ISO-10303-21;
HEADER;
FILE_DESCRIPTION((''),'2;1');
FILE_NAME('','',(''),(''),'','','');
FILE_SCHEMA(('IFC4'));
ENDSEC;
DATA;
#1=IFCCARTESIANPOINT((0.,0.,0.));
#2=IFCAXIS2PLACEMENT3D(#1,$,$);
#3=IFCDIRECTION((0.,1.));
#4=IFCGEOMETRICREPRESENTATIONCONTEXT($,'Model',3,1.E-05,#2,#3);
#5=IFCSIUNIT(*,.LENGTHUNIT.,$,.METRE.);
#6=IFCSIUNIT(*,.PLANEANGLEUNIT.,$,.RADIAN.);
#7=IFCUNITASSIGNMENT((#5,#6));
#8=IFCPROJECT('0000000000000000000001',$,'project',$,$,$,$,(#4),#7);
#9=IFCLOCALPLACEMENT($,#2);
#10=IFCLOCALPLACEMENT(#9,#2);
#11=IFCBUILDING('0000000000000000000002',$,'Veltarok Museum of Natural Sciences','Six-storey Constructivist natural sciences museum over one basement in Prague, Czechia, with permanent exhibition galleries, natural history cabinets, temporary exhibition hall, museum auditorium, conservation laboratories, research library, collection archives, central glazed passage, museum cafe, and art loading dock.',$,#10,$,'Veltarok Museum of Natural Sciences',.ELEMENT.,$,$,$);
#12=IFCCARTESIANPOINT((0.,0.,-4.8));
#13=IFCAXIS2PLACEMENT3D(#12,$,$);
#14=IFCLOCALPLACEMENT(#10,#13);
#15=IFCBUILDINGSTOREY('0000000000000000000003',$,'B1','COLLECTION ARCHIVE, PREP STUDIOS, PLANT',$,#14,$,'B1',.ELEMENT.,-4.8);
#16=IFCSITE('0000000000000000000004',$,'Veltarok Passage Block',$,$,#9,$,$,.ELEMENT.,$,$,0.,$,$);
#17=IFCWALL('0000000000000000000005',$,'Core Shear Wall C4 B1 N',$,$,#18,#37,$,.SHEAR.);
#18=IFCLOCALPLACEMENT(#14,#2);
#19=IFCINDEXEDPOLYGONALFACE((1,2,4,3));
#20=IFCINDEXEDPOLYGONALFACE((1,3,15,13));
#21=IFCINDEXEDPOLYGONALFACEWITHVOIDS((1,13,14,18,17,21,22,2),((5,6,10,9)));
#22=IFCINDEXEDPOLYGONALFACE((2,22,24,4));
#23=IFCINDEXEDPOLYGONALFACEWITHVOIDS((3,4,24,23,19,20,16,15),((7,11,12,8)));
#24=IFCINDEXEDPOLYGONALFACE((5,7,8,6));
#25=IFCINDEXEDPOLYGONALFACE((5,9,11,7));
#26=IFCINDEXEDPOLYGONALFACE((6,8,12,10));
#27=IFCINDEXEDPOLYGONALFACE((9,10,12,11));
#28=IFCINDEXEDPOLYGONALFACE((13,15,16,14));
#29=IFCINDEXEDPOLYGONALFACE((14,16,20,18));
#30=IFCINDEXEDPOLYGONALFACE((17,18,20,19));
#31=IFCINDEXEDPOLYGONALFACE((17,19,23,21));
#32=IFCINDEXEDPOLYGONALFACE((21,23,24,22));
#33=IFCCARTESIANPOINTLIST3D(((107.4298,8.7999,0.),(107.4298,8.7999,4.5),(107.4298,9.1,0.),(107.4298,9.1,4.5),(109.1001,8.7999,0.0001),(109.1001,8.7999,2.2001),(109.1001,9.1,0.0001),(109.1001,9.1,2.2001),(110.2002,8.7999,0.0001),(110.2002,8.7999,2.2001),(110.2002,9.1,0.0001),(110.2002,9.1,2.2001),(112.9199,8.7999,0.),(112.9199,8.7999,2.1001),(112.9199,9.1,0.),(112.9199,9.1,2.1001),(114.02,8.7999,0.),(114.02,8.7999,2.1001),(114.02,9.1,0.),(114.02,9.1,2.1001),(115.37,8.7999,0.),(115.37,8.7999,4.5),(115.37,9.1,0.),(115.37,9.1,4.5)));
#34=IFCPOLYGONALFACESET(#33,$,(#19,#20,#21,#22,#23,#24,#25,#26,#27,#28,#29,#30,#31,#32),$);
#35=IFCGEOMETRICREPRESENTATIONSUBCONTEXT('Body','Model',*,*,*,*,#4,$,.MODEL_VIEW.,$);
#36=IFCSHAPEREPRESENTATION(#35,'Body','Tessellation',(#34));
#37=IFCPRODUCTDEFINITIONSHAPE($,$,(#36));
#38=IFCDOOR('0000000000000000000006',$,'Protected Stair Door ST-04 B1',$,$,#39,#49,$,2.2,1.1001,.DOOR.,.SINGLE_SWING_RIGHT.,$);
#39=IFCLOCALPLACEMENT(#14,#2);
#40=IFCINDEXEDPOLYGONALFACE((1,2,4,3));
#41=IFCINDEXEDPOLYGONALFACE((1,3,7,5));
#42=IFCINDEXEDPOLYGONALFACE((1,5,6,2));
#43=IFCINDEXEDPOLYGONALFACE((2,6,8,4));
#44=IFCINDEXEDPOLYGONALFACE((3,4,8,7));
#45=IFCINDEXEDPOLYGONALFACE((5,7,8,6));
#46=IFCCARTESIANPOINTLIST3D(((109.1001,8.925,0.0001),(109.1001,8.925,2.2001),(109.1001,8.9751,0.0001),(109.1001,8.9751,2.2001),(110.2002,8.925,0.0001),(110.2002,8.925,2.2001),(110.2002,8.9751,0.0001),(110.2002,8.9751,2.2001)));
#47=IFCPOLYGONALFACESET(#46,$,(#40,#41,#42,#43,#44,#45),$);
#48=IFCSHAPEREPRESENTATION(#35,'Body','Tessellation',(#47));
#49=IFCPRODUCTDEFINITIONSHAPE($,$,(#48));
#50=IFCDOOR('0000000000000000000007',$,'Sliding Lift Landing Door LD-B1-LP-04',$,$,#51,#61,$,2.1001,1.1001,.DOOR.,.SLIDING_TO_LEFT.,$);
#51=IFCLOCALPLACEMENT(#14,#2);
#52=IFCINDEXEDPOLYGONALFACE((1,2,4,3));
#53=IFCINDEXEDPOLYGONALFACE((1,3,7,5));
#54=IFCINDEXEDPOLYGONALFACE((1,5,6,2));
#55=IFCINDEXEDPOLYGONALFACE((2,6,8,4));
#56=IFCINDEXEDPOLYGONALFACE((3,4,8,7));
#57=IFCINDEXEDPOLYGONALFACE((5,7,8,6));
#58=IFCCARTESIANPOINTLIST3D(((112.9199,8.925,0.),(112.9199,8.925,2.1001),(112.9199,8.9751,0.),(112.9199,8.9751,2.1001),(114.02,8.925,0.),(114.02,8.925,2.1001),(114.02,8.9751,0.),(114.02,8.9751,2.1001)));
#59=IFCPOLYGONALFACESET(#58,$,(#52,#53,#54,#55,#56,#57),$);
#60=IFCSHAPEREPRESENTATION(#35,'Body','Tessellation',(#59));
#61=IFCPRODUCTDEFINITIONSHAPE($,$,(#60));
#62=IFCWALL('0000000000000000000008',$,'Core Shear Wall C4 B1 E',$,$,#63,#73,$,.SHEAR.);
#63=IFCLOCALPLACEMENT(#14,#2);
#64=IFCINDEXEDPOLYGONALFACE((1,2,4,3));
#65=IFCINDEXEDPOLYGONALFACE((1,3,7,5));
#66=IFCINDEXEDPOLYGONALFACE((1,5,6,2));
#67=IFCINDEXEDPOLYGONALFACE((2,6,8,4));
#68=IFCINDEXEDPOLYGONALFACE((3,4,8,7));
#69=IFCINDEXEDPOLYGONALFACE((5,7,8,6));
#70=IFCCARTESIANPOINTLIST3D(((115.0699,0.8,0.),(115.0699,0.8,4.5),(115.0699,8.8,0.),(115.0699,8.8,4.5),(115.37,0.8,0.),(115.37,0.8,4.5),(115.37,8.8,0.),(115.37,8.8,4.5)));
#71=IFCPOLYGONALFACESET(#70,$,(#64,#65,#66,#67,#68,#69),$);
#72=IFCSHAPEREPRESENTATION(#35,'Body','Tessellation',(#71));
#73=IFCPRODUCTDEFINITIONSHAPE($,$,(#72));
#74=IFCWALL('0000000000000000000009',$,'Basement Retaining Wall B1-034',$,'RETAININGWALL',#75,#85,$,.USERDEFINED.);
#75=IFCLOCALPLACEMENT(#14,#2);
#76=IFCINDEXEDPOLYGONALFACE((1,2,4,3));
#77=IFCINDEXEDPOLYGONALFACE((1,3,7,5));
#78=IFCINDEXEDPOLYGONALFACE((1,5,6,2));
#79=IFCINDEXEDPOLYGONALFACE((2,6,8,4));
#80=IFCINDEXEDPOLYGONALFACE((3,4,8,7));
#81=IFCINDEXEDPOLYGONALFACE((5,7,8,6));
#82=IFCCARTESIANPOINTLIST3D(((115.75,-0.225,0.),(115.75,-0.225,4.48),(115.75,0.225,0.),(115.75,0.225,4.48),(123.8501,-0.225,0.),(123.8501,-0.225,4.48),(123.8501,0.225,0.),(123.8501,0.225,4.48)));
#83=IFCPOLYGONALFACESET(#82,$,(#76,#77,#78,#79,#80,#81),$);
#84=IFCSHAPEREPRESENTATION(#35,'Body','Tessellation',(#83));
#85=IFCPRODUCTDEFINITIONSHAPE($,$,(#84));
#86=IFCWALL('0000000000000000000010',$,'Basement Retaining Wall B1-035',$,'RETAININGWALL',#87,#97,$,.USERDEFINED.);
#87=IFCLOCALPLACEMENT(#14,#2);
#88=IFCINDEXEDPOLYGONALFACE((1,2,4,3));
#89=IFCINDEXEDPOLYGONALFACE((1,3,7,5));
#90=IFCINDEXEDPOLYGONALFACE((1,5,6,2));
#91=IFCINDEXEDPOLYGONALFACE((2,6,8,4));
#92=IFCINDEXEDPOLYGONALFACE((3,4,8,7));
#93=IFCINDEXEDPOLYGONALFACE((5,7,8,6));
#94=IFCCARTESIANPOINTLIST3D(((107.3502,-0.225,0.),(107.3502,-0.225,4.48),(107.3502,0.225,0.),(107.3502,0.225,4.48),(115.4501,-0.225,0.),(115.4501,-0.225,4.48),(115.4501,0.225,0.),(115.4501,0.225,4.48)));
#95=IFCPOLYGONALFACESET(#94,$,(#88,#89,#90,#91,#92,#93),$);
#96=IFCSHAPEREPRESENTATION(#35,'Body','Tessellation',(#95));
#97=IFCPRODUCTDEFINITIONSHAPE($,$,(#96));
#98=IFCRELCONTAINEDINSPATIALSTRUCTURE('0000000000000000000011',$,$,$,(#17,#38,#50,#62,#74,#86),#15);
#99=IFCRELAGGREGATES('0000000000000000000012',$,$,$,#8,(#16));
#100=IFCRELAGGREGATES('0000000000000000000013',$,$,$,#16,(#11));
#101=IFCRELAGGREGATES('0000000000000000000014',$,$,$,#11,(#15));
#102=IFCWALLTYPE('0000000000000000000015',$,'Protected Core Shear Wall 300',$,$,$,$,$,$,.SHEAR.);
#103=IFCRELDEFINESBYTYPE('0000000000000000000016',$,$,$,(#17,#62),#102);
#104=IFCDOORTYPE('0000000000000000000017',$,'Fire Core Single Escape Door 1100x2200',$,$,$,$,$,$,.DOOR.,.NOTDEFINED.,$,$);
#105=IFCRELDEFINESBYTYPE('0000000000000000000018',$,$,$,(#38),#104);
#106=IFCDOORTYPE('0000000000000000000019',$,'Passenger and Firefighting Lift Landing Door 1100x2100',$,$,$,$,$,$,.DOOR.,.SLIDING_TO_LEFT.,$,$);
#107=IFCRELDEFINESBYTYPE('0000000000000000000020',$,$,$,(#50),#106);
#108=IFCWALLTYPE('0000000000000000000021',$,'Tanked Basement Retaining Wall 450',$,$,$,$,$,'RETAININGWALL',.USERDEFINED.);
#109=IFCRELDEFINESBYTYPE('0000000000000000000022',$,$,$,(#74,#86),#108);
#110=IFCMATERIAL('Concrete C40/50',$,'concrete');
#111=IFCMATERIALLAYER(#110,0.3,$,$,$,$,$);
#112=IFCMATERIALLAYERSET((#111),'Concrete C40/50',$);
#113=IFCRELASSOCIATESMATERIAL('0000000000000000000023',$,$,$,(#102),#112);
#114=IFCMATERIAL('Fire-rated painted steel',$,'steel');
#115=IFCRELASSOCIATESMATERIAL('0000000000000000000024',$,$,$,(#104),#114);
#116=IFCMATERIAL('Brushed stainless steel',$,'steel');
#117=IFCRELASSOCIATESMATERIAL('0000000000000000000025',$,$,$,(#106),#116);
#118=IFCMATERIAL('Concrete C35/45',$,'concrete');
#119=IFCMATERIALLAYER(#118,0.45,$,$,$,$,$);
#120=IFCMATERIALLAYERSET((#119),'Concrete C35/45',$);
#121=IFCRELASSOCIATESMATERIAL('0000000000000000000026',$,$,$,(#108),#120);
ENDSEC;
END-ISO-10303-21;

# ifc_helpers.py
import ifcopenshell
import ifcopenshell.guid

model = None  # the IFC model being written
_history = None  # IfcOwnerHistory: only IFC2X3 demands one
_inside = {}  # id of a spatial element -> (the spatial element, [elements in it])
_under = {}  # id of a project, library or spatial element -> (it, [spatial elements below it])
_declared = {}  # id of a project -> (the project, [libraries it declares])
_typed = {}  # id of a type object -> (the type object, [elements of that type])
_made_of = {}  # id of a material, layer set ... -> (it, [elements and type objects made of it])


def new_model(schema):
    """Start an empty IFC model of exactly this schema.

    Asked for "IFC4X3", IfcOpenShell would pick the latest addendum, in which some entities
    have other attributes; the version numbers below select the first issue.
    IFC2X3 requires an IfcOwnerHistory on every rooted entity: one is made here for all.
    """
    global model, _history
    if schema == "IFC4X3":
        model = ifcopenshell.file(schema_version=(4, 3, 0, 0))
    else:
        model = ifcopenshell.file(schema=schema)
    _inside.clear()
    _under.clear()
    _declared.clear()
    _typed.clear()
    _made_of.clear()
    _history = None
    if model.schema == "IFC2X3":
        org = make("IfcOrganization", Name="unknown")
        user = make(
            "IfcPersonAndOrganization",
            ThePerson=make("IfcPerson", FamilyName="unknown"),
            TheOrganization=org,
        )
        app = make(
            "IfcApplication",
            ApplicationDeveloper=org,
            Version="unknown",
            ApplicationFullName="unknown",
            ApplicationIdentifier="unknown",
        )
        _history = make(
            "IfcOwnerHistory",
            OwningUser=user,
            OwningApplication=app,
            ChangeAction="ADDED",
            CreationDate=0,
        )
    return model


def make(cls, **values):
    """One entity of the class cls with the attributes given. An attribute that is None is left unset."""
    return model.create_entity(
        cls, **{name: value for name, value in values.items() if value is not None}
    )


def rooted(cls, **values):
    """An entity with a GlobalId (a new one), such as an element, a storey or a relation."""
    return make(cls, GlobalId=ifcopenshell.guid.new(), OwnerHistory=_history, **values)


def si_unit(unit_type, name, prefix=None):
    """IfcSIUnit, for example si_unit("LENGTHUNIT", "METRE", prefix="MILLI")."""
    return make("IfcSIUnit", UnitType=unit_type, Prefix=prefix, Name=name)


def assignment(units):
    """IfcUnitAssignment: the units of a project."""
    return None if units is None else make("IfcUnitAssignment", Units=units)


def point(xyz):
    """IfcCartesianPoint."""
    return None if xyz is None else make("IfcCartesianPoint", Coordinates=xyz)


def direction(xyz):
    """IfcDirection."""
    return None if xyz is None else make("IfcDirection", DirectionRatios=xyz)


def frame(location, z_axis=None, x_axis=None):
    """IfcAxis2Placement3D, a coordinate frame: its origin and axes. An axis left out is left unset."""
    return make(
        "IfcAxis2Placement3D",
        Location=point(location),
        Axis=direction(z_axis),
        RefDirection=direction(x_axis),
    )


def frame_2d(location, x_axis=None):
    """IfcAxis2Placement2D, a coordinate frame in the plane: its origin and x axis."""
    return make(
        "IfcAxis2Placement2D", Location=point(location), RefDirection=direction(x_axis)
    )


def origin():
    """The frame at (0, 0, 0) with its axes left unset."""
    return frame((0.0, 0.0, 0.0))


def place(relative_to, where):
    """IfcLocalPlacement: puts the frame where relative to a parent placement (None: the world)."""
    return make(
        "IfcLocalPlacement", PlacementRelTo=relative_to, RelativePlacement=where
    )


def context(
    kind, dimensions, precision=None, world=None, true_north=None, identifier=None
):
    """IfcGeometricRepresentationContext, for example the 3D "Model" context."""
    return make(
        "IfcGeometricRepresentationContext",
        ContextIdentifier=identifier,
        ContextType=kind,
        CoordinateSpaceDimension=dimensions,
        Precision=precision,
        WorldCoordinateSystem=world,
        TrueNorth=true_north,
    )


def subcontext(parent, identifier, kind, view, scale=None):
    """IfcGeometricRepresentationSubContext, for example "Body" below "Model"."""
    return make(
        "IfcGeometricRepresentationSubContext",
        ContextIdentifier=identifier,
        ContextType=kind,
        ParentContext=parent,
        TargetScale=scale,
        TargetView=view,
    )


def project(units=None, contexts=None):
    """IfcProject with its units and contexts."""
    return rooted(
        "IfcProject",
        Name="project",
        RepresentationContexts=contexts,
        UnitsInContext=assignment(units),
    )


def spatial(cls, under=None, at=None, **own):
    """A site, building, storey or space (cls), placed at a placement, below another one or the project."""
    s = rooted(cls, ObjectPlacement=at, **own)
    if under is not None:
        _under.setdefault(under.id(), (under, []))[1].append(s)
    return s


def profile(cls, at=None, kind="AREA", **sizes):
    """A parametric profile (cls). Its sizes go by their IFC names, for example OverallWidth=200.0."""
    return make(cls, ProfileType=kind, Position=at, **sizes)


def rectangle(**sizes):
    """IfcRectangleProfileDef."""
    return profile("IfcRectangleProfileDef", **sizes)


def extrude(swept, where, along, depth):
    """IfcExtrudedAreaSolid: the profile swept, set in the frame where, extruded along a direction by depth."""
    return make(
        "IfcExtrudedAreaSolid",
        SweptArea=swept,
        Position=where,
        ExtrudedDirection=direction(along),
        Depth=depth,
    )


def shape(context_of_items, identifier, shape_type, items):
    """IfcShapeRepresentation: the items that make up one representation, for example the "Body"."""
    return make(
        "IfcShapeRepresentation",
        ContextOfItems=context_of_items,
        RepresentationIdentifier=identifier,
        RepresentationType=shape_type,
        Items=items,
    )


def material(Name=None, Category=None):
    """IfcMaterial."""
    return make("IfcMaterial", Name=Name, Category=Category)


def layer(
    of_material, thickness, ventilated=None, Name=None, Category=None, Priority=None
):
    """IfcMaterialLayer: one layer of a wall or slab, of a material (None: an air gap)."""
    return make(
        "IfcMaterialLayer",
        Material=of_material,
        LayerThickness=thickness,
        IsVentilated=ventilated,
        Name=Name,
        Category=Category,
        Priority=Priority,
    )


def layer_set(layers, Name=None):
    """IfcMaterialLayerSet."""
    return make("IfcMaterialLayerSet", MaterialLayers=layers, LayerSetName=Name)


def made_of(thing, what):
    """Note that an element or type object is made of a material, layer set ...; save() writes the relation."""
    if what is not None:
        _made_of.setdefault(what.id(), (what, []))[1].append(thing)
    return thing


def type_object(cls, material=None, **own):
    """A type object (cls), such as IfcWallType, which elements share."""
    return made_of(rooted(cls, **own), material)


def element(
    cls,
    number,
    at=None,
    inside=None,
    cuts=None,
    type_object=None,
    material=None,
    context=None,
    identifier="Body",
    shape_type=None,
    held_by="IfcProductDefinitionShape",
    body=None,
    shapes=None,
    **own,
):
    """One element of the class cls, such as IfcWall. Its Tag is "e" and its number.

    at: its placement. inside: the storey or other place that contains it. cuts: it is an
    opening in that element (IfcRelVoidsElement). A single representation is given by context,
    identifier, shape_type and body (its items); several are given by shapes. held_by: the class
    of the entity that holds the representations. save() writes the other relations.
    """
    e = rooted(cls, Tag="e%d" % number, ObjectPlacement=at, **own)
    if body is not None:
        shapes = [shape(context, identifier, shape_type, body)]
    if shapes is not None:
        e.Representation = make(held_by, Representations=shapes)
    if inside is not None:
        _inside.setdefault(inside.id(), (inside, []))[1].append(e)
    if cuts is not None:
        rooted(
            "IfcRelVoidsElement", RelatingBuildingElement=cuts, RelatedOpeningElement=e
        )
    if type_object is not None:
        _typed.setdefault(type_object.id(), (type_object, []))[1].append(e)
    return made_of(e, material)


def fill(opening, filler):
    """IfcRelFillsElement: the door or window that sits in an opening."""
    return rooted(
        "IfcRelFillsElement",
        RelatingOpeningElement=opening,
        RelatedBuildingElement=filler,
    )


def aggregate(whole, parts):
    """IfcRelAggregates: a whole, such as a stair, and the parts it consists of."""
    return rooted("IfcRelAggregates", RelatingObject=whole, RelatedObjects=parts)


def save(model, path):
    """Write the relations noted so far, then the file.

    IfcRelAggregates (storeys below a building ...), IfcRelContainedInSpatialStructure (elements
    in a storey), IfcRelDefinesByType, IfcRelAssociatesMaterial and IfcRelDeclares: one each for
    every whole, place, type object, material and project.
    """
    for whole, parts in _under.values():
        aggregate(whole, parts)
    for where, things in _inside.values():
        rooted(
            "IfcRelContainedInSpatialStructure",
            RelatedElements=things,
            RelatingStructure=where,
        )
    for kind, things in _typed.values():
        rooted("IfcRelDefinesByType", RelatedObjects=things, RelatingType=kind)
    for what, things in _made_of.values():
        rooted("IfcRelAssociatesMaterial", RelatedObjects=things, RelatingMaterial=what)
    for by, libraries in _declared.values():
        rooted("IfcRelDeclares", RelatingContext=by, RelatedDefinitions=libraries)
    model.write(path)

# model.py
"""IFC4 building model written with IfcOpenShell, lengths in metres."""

from ifc_helpers import new_model, si_unit, direction, frame, frame_2d, origin, place, context, subcontext, project, spatial, rectangle, extrude, material, layer, layer_set, type_object, element, fill, save


model = new_model("IFC4")

# Units and contexts
model_context = context("Model", 3, precision=1e-05, world=origin(), true_north=direction((0.0, 1.0)))
body_context = subcontext(model_context, "Body", "Model", "MODEL_VIEW")
ifc_project = project(units=[si_unit("LENGTHUNIT", "METRE"), si_unit("PLANEANGLEUNIT", "RADIAN")], contexts=[model_context])

# Site, building, storey
site_placement = place(None, origin())
site = spatial("IfcSite", under=ifc_project, at=site_placement, Name="Veltarok Passage Block", CompositionType="ELEMENT", RefElevation=0.0)
building_placement = place(site_placement, origin())
building = spatial("IfcBuilding", under=site, at=building_placement, Name="Veltarok Museum of Natural Sciences", Description="Six-storey Constructivist natural sciences museum over one basement in Prague, Czechia, with permanent exhibition galleries, natural history cabinets, temporary exhibition hall, museum auditorium, conservation laboratories, research library, collection archives, central glazed passage, museum cafe, and art loading dock.", LongName="Veltarok Museum of Natural Sciences", CompositionType="ELEMENT")
storey_placement = place(building_placement, frame((0.0, 0.0, -4.8)))
storey = spatial("IfcBuildingStorey", under=building, at=storey_placement, Name="B1", Description="COLLECTION ARCHIVE, PREP STUDIOS, PLANT", LongName="B1", CompositionType="ELEMENT", Elevation=-4.8)

# Shared definitions
ifc_material_1 = material(Name="Concrete C35/45", Category="concrete")

# Shared definitions
ifc_material_2 = material(Name="Concrete C40/50", Category="concrete")

# Wall, openings, doors
ifc_layer_1 = layer(ifc_material_2, 0.3)
ifc_layer_set_1 = layer_set([ifc_layer_1], Name="Concrete C40/50")
wall_type_1 = type_object("IfcWallType", Name="Protected Core Shear Wall 300", PredefinedType="SHEAR", material=ifc_layer_set_1)
wall_1_placement = place(storey_placement, frame((115.3701, 8.95, 0.0), z_axis=(0.0, 0.0, 1.0), x_axis=(-1.0, 0.0, 0.0)))
wall_1 = element("IfcWall", 1, at=wall_1_placement, inside=storey, type_object=wall_type_1, Name="Core Shear Wall C4 B1 N", PredefinedType="SHEAR", context=body_context, shape_type="SweptSolid", body=[
    extrude(rectangle(XDim=7.9402, YDim=0.3, at=frame_2d((3.9702, 0.0))), origin(), (0.0, 0.0, 1.0), 4.5),
])
opening_1_placement = place(wall_1_placement, frame((5.1699, 0.0, 0.0)))
opening_1 = element("IfcOpeningElement", 2, at=opening_1_placement, cuts=wall_1, PredefinedType="OPENING", context=body_context, shape_type="SweptSolid", body=[
    extrude(rectangle(XDim=1.1001, YDim=2.2, at=frame_2d((0.55, 1.1001))), frame((0.0, 0.1602, 0.0), z_axis=(0.0, -1.0, 0.0), x_axis=(1.0, 0.0, 0.0)), (0.0, 0.0, 1.0), 0.3201),
])
opening_2_placement = place(wall_1_placement, frame((1.3501, 0.0, 0.0)))
opening_2 = element("IfcOpeningElement", 3, at=opening_2_placement, cuts=wall_1, PredefinedType="OPENING", context=body_context, shape_type="SweptSolid", body=[
    extrude(rectangle(XDim=1.1001, YDim=2.1001, at=frame_2d((0.55, 1.05))), frame((0.0, 0.1602, 0.0), z_axis=(0.0, -1.0, 0.0), x_axis=(1.0, 0.0, 0.0)), (0.0, 0.0, 1.0), 0.3201),
])
ifc_material_3 = material(Name="Fire-rated painted steel", Category="steel")
door_type_1 = type_object("IfcDoorType", Name="Fire Core Single Escape Door 1100x2200", OperationType="NOTDEFINED", PredefinedType="DOOR", material=ifc_material_3)
door_1_placement = place(opening_1_placement, origin())
door_1 = element("IfcDoor", 4, at=door_1_placement, inside=storey, type_object=door_type_1, Name="Protected Stair Door ST-04 B1", OperationType="SINGLE_SWING_RIGHT", OverallHeight=2.2, OverallWidth=1.1001, PredefinedType="DOOR", context=body_context, shape_type="SweptSolid", body=[
    extrude(rectangle(XDim=1.1001, YDim=2.2, at=frame_2d((0.55, 1.1001))), frame((0.0, 0.0249, 0.0), z_axis=(0.0, -1.0, 0.0), x_axis=(1.0, 0.0, 0.0)), (0.0, 0.0, 1.0), 0.05),
])
fill(opening_1, door_1)
ifc_material_4 = material(Name="Brushed stainless steel", Category="steel")
door_type_2 = type_object("IfcDoorType", Name="Passenger and Firefighting Lift Landing Door 1100x2100", OperationType="SLIDING_TO_LEFT", PredefinedType="DOOR", material=ifc_material_4)
door_2_placement = place(opening_2_placement, origin())
door_2 = element("IfcDoor", 5, at=door_2_placement, inside=storey, type_object=door_type_2, Name="Sliding Lift Landing Door LD-B1-LP-04", OperationType="SLIDING_TO_LEFT", OverallHeight=2.1001, OverallWidth=1.1001, PredefinedType="DOOR", context=body_context, shape_type="SweptSolid", body=[
    extrude(rectangle(XDim=1.1001, YDim=2.1001, at=frame_2d((0.55, 1.05))), frame((0.0, 0.0249, 0.0), z_axis=(0.0, -1.0, 0.0), x_axis=(1.0, 0.0, 0.0)), (0.0, 0.0, 1.0), 0.05),
])
fill(opening_2, door_2)

# Walls
wall_2_placement = place(storey_placement, frame((115.22, 0.8, 0.0), z_axis=(0.0, 0.0, 1.0), x_axis=(0.0, 1.0, 0.0)))
element("IfcWall", 6, at=wall_2_placement, inside=storey, type_object=wall_type_1, Name="Core Shear Wall C4 B1 E", PredefinedType="SHEAR", context=body_context, shape_type="SweptSolid", body=[
    extrude(rectangle(XDim=8.0, YDim=0.3, at=frame_2d((4.0, 0.0))), origin(), (0.0, 0.0, 1.0), 4.5),
])
ifc_layer_2 = layer(ifc_material_1, 0.45)
ifc_layer_set_2 = layer_set([ifc_layer_2], Name="Concrete C35/45")
wall_type_2 = type_object("IfcWallType", Name="Tanked Basement Retaining Wall 450", ElementType="RETAININGWALL", PredefinedType="USERDEFINED", material=ifc_layer_set_2)
wall_3_placement = place(storey_placement, frame((123.8501, 0.0, 0.0), z_axis=(0.0, 0.0, 1.0), x_axis=(-1.0, 0.0, 0.0)))
element("IfcWall", 7, at=wall_3_placement, inside=storey, type_object=wall_type_2, Name="Basement Retaining Wall B1-034", ObjectType="RETAININGWALL", PredefinedType="USERDEFINED", context=body_context, shape_type="SweptSolid", body=[
    extrude(rectangle(XDim=8.1001, YDim=0.45, at=frame_2d((4.05, 0.0))), origin(), (0.0, 0.0, 1.0), 4.48),
])
wall_4_placement = place(storey_placement, frame((115.45, 0.0, 0.0), z_axis=(0.0, 0.0, 1.0), x_axis=(-1.0, 0.0, 0.0)))
element("IfcWall", 8, at=wall_4_placement, inside=storey, type_object=wall_type_2, Name="Basement Retaining Wall B1-035", ObjectType="RETAININGWALL", PredefinedType="USERDEFINED", context=body_context, shape_type="SweptSolid", body=[
    extrude(rectangle(XDim=8.0999, YDim=0.45, at=frame_2d((4.0498, 0.0))), origin(), (0.0, 0.0, 1.0), 4.48),
])

save(model, "model.ifc")
